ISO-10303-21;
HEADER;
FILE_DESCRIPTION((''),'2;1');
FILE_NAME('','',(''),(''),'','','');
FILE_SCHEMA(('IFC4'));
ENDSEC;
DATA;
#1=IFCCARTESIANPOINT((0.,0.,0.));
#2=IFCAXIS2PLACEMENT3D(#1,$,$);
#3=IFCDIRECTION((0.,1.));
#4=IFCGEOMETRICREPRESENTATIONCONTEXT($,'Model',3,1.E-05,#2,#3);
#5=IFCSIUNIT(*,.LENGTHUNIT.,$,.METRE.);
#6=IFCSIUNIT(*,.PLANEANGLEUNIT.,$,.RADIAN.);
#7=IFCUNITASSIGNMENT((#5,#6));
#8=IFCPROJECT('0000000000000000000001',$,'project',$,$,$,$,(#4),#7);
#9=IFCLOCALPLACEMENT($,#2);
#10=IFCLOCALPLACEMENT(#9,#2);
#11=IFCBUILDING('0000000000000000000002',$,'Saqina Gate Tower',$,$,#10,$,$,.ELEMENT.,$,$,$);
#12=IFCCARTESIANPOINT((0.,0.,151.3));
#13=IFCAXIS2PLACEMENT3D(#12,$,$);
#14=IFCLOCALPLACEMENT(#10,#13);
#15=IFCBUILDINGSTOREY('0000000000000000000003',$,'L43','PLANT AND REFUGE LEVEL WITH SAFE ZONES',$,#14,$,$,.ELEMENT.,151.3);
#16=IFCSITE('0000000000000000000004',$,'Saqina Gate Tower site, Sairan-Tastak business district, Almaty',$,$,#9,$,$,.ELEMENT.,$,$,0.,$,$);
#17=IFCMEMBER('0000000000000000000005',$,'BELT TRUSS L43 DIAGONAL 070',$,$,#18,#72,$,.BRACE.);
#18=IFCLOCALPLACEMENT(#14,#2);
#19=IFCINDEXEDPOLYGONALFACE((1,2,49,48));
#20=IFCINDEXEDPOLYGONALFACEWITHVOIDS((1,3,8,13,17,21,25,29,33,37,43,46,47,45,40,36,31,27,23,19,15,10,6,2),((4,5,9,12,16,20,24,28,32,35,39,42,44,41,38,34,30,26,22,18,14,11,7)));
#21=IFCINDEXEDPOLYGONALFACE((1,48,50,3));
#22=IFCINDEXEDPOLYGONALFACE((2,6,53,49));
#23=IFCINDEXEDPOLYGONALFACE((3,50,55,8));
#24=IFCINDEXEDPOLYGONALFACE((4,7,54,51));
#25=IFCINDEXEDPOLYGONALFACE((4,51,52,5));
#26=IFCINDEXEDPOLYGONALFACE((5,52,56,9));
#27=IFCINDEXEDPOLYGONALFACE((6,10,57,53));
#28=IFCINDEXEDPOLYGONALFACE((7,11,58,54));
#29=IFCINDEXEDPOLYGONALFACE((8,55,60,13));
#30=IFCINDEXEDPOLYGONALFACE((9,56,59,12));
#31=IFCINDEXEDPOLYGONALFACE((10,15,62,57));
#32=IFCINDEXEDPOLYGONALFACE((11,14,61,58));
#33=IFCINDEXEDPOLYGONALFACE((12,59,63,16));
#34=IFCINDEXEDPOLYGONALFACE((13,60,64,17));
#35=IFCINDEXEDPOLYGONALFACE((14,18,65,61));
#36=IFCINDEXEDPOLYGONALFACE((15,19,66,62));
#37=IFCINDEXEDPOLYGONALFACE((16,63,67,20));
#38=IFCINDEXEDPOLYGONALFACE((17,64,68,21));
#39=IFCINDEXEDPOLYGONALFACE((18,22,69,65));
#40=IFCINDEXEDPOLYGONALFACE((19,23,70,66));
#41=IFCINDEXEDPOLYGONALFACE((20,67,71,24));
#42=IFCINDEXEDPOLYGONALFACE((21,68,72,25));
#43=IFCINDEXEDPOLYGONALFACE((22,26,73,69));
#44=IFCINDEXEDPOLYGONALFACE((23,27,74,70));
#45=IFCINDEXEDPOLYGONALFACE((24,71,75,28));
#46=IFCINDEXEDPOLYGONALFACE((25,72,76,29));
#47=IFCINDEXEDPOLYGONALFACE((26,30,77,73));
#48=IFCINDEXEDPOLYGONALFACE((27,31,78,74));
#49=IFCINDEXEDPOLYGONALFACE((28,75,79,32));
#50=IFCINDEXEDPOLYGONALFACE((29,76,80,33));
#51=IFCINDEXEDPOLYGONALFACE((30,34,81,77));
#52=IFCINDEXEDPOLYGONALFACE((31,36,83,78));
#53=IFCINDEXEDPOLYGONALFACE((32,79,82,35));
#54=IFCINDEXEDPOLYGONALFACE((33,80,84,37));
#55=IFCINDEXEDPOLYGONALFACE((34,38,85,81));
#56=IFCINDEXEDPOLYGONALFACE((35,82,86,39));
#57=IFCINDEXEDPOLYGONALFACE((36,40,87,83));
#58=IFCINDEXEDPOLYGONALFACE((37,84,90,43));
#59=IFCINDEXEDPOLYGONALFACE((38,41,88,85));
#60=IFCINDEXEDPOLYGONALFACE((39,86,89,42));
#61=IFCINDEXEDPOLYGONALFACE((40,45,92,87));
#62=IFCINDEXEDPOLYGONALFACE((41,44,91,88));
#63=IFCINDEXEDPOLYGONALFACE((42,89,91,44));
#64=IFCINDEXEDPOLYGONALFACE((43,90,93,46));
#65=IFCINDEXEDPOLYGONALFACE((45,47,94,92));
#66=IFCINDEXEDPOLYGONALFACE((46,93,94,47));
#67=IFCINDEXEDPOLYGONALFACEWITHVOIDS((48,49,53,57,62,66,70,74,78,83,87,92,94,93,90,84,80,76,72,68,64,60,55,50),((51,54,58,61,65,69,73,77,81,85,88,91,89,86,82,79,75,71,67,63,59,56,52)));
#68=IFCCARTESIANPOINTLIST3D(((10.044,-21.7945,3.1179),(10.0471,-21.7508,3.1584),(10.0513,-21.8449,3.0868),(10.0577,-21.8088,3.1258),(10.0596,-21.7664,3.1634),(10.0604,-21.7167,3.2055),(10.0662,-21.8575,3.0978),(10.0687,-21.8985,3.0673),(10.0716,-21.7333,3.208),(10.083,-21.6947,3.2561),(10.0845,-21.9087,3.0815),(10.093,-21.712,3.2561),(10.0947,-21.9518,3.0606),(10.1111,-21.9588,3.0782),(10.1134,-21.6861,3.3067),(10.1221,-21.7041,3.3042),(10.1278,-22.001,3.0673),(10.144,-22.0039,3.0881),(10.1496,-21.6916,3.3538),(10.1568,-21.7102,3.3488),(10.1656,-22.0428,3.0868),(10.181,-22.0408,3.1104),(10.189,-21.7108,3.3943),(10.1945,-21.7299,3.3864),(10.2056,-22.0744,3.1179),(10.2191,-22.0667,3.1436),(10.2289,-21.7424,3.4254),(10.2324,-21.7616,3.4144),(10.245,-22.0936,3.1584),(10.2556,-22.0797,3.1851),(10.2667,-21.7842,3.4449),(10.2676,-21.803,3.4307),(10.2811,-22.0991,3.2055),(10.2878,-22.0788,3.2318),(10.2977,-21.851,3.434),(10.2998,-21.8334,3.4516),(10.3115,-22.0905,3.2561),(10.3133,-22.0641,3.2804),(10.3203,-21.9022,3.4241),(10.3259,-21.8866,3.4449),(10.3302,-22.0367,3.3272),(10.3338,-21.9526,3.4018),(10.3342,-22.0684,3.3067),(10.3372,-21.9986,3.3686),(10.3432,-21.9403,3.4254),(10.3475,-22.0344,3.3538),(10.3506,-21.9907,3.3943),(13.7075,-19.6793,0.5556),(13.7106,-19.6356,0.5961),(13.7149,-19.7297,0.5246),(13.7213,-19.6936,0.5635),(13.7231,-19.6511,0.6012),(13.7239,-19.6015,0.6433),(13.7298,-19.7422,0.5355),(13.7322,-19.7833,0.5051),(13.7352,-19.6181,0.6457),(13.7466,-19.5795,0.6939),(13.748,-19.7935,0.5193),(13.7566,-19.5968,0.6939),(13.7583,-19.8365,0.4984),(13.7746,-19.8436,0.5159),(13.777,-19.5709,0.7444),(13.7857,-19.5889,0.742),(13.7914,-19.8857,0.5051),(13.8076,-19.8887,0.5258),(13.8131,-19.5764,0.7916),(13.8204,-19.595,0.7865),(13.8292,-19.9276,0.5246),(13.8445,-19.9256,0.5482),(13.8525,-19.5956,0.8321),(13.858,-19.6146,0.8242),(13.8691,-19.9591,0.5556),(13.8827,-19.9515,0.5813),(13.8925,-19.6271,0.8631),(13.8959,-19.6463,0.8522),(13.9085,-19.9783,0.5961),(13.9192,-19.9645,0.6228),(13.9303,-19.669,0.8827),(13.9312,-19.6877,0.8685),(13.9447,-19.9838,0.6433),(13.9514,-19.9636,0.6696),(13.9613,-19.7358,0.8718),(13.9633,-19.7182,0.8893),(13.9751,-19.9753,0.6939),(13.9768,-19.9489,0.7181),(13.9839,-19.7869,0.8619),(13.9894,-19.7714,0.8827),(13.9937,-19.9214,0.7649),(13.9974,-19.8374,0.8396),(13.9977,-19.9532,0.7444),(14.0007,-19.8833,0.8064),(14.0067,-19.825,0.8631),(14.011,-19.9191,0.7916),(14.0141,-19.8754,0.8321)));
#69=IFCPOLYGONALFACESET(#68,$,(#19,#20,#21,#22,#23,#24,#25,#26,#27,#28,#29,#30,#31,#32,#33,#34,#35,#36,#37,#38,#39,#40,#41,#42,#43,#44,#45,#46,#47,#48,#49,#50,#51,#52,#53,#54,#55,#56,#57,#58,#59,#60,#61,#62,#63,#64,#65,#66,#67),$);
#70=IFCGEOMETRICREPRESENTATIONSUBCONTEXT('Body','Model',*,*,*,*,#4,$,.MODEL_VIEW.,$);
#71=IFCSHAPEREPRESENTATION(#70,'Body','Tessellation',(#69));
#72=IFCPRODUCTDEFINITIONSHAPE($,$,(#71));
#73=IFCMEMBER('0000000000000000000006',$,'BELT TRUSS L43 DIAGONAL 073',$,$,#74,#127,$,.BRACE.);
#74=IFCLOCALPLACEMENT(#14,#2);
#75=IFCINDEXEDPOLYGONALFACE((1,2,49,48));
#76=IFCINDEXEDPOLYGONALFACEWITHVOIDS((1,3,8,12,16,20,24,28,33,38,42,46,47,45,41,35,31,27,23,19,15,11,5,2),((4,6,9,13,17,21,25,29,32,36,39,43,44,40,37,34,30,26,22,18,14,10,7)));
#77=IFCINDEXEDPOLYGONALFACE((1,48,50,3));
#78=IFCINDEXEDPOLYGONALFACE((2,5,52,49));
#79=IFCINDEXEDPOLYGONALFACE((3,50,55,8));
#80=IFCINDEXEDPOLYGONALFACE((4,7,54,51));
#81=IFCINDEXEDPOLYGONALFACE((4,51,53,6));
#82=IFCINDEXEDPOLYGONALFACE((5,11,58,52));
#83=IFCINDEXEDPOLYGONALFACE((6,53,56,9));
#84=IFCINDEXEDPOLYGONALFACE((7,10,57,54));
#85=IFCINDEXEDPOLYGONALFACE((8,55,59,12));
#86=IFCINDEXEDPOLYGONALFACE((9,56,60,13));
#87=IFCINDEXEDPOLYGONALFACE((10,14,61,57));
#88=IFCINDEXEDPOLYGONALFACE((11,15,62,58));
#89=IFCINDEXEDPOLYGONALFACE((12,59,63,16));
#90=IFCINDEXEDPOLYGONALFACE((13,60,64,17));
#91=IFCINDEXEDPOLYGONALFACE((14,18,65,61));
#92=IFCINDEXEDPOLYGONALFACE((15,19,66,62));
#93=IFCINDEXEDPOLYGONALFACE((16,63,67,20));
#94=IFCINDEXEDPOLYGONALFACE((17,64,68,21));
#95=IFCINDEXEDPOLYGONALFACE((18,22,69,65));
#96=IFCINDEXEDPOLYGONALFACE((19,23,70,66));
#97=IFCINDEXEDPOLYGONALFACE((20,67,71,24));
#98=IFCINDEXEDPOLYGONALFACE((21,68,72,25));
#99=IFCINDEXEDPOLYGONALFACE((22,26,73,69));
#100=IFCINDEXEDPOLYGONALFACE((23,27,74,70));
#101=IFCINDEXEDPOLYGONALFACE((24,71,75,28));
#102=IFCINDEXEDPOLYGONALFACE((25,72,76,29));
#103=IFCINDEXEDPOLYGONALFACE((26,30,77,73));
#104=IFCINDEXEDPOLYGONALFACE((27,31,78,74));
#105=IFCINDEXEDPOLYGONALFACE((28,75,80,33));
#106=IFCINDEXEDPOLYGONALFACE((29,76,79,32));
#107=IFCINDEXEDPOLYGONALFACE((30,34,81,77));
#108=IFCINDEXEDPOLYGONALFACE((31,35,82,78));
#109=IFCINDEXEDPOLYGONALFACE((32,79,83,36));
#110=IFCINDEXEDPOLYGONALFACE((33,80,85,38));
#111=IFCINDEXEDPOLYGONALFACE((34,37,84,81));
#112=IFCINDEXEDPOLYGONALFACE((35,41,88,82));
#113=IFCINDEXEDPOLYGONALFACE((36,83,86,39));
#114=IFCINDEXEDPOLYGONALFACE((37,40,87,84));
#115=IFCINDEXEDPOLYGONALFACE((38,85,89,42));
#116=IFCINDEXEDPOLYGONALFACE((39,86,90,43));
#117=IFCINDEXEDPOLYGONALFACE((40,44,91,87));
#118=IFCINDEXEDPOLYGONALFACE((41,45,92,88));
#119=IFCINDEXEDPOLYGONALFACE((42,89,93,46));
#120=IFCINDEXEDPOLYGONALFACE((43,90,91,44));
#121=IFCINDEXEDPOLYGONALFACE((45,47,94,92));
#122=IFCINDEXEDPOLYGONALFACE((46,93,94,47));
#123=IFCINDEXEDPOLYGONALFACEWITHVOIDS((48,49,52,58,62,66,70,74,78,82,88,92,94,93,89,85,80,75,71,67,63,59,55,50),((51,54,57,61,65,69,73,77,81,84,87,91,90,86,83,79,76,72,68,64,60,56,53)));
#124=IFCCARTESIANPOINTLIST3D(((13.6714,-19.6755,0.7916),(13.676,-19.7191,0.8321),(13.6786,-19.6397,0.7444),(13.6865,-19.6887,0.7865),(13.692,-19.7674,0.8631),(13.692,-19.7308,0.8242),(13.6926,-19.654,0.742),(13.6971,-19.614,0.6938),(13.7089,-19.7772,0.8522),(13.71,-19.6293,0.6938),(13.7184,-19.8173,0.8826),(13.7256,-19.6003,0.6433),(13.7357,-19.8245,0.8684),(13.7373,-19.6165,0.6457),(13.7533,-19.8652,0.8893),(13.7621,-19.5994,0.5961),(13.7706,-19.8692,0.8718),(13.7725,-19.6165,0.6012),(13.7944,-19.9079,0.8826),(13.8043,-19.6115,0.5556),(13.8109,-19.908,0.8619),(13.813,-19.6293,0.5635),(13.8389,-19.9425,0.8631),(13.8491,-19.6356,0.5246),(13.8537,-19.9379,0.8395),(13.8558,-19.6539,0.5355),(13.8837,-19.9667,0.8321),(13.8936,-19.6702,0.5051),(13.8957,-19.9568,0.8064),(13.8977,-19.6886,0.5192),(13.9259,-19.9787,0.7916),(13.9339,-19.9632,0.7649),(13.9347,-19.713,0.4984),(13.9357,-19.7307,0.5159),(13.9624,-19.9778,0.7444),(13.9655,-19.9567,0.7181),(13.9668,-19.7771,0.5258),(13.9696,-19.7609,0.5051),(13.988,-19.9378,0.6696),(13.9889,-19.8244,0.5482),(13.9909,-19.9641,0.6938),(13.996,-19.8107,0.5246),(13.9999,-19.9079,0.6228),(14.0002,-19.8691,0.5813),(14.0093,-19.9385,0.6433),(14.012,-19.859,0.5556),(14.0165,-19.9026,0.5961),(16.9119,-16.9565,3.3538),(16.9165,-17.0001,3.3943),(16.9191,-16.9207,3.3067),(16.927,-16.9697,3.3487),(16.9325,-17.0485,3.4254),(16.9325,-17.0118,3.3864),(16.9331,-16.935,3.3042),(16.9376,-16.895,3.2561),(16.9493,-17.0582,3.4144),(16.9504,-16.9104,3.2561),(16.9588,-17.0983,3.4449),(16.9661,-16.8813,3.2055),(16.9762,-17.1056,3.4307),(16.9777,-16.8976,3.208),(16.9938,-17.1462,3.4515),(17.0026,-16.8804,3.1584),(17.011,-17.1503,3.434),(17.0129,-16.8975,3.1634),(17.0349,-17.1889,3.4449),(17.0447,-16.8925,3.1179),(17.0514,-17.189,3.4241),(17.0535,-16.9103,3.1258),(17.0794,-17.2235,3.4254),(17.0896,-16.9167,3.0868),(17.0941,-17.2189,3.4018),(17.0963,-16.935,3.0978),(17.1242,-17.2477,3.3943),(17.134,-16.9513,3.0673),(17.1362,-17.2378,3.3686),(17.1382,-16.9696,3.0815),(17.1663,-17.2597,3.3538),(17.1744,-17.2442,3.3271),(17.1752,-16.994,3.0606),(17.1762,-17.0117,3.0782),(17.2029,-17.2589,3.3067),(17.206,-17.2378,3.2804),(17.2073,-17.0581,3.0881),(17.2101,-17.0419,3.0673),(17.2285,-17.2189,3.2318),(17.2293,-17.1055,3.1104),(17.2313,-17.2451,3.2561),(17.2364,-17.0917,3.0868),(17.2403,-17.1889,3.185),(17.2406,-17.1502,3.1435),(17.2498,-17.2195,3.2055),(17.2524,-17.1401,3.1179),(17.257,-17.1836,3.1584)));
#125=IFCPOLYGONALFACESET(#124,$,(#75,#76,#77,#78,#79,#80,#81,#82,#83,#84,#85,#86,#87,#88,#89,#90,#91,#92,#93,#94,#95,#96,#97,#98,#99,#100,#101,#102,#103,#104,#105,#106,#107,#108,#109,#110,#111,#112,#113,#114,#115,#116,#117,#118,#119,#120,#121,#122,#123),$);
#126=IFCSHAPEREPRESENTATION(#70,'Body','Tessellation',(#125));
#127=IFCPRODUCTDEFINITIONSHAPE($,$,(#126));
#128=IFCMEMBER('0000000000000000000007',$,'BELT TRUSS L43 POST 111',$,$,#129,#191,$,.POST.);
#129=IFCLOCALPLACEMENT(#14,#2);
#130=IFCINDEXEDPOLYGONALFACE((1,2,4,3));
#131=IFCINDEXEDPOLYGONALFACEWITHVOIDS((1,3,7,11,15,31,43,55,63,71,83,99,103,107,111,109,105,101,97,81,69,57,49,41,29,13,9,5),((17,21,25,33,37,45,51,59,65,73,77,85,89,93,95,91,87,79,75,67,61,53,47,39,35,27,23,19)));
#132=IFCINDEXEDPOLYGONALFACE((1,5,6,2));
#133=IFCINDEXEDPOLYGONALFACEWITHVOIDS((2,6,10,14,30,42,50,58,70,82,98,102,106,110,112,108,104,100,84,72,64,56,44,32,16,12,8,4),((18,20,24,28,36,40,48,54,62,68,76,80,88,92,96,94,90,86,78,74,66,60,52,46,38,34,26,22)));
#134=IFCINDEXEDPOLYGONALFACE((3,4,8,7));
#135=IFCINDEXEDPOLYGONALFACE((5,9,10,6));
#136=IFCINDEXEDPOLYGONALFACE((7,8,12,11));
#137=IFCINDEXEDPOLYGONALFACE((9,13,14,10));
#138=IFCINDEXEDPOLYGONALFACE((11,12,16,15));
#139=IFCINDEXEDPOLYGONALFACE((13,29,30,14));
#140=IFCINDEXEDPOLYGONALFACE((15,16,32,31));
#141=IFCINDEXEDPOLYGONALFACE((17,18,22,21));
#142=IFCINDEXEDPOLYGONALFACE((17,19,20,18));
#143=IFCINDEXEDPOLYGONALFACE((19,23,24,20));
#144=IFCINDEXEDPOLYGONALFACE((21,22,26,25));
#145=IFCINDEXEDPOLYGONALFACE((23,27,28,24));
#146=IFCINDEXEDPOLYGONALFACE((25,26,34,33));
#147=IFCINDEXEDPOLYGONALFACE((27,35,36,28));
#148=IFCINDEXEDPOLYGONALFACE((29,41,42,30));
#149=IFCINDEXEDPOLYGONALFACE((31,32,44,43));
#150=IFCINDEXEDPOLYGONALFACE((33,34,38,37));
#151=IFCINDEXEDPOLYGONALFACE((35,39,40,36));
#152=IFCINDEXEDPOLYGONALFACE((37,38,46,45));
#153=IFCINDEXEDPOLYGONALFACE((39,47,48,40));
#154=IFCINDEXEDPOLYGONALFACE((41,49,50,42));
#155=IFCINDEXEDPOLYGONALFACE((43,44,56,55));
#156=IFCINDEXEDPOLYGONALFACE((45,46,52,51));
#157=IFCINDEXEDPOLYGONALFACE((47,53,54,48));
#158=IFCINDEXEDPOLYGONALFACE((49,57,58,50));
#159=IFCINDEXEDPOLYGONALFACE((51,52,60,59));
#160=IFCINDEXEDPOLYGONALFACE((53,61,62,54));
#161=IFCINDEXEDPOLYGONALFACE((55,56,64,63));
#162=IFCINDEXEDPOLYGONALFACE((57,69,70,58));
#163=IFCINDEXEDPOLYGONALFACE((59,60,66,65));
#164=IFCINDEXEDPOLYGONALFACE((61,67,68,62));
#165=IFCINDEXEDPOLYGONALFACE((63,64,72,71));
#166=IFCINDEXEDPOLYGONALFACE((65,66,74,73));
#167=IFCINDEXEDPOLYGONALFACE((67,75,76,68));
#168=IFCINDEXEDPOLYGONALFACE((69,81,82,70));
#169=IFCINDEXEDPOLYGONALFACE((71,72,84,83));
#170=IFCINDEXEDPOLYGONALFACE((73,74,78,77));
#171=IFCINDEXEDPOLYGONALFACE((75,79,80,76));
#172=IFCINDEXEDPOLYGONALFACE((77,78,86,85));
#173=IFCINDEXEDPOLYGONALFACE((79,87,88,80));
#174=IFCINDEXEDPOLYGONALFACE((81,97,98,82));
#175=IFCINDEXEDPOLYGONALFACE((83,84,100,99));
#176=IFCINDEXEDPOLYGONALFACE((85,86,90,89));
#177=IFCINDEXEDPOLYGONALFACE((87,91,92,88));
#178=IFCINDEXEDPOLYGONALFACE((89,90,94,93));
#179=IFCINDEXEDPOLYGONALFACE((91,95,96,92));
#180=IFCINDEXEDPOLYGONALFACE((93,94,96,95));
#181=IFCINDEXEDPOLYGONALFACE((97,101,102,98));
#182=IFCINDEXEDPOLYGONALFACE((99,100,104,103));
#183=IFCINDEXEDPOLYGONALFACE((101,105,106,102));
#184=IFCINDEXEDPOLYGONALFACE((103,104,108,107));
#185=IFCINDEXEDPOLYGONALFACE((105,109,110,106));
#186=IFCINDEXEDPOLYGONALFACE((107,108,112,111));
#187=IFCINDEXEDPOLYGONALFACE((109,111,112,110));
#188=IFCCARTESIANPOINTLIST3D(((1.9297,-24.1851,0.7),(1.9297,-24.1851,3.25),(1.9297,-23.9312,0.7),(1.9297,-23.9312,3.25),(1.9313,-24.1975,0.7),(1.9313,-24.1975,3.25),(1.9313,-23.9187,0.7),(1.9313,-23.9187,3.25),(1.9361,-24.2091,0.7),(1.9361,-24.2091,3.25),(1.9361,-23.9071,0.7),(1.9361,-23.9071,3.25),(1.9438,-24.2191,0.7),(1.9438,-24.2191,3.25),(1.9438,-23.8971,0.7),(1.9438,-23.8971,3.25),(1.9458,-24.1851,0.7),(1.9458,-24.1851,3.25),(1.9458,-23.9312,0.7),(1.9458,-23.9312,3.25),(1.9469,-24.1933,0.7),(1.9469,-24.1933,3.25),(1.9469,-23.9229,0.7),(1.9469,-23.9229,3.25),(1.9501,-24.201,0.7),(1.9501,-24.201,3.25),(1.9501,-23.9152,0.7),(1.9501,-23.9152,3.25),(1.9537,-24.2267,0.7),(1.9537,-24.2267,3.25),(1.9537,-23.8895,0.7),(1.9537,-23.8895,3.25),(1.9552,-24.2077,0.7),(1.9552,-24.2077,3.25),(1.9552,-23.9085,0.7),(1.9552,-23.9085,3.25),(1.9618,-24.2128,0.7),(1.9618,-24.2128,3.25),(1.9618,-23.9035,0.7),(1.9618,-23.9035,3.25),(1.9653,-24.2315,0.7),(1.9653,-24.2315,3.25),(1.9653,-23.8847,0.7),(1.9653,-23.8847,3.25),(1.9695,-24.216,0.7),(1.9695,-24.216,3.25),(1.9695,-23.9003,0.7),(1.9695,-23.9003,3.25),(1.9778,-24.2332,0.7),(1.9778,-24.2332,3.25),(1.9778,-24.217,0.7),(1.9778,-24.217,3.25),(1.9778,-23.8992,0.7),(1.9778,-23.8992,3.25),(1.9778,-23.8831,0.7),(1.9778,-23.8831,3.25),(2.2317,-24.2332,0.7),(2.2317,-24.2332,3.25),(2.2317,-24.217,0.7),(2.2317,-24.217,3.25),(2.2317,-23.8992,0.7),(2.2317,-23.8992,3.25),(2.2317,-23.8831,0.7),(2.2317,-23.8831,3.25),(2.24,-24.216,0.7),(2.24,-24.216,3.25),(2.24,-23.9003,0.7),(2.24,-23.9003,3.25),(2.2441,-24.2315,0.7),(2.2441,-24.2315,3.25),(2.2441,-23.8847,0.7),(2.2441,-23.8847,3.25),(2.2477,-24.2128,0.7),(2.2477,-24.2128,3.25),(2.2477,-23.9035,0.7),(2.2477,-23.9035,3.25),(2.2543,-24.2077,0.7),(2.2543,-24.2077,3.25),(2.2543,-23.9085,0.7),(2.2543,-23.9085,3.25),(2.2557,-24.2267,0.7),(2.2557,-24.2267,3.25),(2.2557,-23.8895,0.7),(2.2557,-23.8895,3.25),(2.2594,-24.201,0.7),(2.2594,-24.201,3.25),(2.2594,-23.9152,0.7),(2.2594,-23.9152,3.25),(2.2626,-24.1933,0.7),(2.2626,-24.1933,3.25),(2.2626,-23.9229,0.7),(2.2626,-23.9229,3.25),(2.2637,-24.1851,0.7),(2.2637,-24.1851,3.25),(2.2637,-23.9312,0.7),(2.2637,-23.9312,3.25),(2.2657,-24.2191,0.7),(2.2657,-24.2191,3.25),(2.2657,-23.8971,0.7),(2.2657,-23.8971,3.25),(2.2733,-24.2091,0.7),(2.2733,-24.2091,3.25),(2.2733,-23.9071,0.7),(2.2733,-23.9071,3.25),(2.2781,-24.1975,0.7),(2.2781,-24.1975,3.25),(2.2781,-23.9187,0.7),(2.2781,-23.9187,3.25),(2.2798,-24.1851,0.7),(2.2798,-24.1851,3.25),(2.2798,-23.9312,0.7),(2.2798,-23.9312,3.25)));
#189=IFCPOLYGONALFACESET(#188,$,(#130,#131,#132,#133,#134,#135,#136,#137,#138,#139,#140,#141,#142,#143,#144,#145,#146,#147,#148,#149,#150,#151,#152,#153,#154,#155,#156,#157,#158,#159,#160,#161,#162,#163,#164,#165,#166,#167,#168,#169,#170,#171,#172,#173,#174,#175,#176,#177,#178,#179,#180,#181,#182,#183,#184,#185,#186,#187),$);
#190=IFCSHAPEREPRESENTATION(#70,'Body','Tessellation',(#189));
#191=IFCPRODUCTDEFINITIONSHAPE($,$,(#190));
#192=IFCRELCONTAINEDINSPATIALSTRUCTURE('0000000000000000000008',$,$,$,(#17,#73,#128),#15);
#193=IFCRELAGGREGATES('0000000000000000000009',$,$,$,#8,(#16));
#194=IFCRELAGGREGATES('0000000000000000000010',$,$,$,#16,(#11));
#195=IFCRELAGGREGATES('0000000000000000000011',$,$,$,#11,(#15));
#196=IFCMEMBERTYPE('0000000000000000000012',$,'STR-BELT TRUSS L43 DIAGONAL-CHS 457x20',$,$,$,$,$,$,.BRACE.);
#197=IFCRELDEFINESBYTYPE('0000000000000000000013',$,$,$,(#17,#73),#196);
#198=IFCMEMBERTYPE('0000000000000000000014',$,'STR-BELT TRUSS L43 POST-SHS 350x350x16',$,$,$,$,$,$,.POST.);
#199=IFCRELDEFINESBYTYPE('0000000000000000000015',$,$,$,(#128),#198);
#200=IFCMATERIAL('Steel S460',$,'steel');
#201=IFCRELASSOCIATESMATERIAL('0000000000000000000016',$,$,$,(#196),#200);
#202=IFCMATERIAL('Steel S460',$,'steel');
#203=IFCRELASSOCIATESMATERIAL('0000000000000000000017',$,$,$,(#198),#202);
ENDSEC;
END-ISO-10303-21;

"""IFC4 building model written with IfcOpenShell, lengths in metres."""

from ifc_helpers import new_model, si_unit, direction, frame, origin, origin_2d, place, context, subcontext, project, spatial, hollow_rectangle, hollow_circle, extrude, material, material_profile, profile_set, type_object, element, save


model = new_model("IFC4")

# Units and contexts
model_context = context("Model", 3, precision=1e-05, world=origin(), true_north=direction((0.0, 1.0)))
body_context = subcontext(model_context, "Body", "Model", "MODEL_VIEW")
ifc_project = project(units=[si_unit("LENGTHUNIT", "METRE"), si_unit("PLANEANGLEUNIT", "RADIAN")], contexts=[model_context])

# Site, building, storey
site_placement = place(None, origin())
site = spatial("IfcSite", under=ifc_project, at=site_placement, Name="Saqina Gate Tower site, Sairan-Tastak business district, Almaty", CompositionType="ELEMENT", RefElevation=0.0)
building_placement = place(site_placement, origin())
building = spatial("IfcBuilding", under=site, at=building_placement, Name="Saqina Gate Tower", CompositionType="ELEMENT")
storey_placement = place(building_placement, frame((0.0, 0.0, 151.3)))
storey = spatial("IfcBuildingStorey", under=building, at=storey_placement, Name="L43", Description="PLANT AND REFUGE LEVEL WITH SAFE ZONES", CompositionType="ELEMENT", Elevation=151.3)

# Members
ifc_material_1 = material(Name="Steel S460", Category="steel")
ifc_material_profile_1 = material_profile(ifc_material_1, hollow_circle(Radius=0.2285, WallThickness=0.02, at=origin_2d()), Name="CHS 457x20")
ifc_profile_set_1 = profile_set([ifc_material_profile_1], Name="Steel S460")
member_type_1 = type_object("IfcMemberType", Name="STR-BELT TRUSS L43 DIAGONAL-CHS 457x20", PredefinedType="BRACE", material=ifc_profile_set_1)
member_1_placement = place(storey_placement, frame((10.1973, -21.8926, 3.2561), z_axis=(0.740741, 0.427681, -0.518065), x_axis=(-0.500012, 0.866018, 0.0)))
element("IfcMember", 1, at=member_1_placement, inside=storey, type_object=member_type_1, Name="BELT TRUSS L43 DIAGONAL 070", PredefinedType="BRACE", context=body_context, shape_type="SweptSolid", body=[
    extrude(hollow_circle(Radius=0.2285, WallThickness=0.02, at=origin_2d()), origin(), (0.0, 0.0, 1.0), 4.9458),
])
member_2_placement = place(storey_placement, frame((13.844, -19.7891, 0.6938), z_axis=(0.655227, 0.549782, 0.51809), x_axis=(-0.642775, 0.766055, 0.0)))
element("IfcMember", 2, at=member_2_placement, inside=storey, type_object=member_type_1, Name="BELT TRUSS L43 DIAGONAL 073", PredefinedType="BRACE", context=body_context, shape_type="SweptSolid", body=[
    extrude(hollow_circle(Radius=0.2285, WallThickness=0.02, at=origin_2d()), origin(), (0.0, 0.0, 1.0), 4.9456),
])
ifc_material_2 = material(Name="Steel S460", Category="steel")
ifc_material_profile_2 = material_profile(ifc_material_2, hollow_rectangle(XDim=0.3501, YDim=0.3501, WallThickness=0.0161, InnerFilletRadius=0.032, OuterFilletRadius=0.0481, at=origin_2d()), Name="SHS 350x350x16")
ifc_profile_set_2 = profile_set([ifc_material_profile_2], Name="Steel S460")
member_type_2 = type_object("IfcMemberType", Name="STR-BELT TRUSS L43 POST-SHS 350x350x16", PredefinedType="POST", material=ifc_profile_set_2)
for number, where, z_axis, x_axis, name in (
    (3, (2.1047, -24.0581, 0.7), (0.0, 0.0, 1.0), (1.0, 0.0, 0.0), "BELT TRUSS L43 POST 111"),
):
    element("IfcMember", number, at=place(storey_placement, frame(where, z_axis=z_axis, x_axis=x_axis)), inside=storey, type_object=member_type_2, Name=name, PredefinedType="POST", context=body_context, shape_type="SweptSolid", body=[
        extrude(hollow_rectangle(XDim=0.3501, YDim=0.3501, WallThickness=0.0161, InnerFilletRadius=0.032, OuterFilletRadius=0.0481, at=origin_2d()), origin(), (0.0, 0.0, 1.0), 2.55),
    ])

save(model, "model.ifc")
